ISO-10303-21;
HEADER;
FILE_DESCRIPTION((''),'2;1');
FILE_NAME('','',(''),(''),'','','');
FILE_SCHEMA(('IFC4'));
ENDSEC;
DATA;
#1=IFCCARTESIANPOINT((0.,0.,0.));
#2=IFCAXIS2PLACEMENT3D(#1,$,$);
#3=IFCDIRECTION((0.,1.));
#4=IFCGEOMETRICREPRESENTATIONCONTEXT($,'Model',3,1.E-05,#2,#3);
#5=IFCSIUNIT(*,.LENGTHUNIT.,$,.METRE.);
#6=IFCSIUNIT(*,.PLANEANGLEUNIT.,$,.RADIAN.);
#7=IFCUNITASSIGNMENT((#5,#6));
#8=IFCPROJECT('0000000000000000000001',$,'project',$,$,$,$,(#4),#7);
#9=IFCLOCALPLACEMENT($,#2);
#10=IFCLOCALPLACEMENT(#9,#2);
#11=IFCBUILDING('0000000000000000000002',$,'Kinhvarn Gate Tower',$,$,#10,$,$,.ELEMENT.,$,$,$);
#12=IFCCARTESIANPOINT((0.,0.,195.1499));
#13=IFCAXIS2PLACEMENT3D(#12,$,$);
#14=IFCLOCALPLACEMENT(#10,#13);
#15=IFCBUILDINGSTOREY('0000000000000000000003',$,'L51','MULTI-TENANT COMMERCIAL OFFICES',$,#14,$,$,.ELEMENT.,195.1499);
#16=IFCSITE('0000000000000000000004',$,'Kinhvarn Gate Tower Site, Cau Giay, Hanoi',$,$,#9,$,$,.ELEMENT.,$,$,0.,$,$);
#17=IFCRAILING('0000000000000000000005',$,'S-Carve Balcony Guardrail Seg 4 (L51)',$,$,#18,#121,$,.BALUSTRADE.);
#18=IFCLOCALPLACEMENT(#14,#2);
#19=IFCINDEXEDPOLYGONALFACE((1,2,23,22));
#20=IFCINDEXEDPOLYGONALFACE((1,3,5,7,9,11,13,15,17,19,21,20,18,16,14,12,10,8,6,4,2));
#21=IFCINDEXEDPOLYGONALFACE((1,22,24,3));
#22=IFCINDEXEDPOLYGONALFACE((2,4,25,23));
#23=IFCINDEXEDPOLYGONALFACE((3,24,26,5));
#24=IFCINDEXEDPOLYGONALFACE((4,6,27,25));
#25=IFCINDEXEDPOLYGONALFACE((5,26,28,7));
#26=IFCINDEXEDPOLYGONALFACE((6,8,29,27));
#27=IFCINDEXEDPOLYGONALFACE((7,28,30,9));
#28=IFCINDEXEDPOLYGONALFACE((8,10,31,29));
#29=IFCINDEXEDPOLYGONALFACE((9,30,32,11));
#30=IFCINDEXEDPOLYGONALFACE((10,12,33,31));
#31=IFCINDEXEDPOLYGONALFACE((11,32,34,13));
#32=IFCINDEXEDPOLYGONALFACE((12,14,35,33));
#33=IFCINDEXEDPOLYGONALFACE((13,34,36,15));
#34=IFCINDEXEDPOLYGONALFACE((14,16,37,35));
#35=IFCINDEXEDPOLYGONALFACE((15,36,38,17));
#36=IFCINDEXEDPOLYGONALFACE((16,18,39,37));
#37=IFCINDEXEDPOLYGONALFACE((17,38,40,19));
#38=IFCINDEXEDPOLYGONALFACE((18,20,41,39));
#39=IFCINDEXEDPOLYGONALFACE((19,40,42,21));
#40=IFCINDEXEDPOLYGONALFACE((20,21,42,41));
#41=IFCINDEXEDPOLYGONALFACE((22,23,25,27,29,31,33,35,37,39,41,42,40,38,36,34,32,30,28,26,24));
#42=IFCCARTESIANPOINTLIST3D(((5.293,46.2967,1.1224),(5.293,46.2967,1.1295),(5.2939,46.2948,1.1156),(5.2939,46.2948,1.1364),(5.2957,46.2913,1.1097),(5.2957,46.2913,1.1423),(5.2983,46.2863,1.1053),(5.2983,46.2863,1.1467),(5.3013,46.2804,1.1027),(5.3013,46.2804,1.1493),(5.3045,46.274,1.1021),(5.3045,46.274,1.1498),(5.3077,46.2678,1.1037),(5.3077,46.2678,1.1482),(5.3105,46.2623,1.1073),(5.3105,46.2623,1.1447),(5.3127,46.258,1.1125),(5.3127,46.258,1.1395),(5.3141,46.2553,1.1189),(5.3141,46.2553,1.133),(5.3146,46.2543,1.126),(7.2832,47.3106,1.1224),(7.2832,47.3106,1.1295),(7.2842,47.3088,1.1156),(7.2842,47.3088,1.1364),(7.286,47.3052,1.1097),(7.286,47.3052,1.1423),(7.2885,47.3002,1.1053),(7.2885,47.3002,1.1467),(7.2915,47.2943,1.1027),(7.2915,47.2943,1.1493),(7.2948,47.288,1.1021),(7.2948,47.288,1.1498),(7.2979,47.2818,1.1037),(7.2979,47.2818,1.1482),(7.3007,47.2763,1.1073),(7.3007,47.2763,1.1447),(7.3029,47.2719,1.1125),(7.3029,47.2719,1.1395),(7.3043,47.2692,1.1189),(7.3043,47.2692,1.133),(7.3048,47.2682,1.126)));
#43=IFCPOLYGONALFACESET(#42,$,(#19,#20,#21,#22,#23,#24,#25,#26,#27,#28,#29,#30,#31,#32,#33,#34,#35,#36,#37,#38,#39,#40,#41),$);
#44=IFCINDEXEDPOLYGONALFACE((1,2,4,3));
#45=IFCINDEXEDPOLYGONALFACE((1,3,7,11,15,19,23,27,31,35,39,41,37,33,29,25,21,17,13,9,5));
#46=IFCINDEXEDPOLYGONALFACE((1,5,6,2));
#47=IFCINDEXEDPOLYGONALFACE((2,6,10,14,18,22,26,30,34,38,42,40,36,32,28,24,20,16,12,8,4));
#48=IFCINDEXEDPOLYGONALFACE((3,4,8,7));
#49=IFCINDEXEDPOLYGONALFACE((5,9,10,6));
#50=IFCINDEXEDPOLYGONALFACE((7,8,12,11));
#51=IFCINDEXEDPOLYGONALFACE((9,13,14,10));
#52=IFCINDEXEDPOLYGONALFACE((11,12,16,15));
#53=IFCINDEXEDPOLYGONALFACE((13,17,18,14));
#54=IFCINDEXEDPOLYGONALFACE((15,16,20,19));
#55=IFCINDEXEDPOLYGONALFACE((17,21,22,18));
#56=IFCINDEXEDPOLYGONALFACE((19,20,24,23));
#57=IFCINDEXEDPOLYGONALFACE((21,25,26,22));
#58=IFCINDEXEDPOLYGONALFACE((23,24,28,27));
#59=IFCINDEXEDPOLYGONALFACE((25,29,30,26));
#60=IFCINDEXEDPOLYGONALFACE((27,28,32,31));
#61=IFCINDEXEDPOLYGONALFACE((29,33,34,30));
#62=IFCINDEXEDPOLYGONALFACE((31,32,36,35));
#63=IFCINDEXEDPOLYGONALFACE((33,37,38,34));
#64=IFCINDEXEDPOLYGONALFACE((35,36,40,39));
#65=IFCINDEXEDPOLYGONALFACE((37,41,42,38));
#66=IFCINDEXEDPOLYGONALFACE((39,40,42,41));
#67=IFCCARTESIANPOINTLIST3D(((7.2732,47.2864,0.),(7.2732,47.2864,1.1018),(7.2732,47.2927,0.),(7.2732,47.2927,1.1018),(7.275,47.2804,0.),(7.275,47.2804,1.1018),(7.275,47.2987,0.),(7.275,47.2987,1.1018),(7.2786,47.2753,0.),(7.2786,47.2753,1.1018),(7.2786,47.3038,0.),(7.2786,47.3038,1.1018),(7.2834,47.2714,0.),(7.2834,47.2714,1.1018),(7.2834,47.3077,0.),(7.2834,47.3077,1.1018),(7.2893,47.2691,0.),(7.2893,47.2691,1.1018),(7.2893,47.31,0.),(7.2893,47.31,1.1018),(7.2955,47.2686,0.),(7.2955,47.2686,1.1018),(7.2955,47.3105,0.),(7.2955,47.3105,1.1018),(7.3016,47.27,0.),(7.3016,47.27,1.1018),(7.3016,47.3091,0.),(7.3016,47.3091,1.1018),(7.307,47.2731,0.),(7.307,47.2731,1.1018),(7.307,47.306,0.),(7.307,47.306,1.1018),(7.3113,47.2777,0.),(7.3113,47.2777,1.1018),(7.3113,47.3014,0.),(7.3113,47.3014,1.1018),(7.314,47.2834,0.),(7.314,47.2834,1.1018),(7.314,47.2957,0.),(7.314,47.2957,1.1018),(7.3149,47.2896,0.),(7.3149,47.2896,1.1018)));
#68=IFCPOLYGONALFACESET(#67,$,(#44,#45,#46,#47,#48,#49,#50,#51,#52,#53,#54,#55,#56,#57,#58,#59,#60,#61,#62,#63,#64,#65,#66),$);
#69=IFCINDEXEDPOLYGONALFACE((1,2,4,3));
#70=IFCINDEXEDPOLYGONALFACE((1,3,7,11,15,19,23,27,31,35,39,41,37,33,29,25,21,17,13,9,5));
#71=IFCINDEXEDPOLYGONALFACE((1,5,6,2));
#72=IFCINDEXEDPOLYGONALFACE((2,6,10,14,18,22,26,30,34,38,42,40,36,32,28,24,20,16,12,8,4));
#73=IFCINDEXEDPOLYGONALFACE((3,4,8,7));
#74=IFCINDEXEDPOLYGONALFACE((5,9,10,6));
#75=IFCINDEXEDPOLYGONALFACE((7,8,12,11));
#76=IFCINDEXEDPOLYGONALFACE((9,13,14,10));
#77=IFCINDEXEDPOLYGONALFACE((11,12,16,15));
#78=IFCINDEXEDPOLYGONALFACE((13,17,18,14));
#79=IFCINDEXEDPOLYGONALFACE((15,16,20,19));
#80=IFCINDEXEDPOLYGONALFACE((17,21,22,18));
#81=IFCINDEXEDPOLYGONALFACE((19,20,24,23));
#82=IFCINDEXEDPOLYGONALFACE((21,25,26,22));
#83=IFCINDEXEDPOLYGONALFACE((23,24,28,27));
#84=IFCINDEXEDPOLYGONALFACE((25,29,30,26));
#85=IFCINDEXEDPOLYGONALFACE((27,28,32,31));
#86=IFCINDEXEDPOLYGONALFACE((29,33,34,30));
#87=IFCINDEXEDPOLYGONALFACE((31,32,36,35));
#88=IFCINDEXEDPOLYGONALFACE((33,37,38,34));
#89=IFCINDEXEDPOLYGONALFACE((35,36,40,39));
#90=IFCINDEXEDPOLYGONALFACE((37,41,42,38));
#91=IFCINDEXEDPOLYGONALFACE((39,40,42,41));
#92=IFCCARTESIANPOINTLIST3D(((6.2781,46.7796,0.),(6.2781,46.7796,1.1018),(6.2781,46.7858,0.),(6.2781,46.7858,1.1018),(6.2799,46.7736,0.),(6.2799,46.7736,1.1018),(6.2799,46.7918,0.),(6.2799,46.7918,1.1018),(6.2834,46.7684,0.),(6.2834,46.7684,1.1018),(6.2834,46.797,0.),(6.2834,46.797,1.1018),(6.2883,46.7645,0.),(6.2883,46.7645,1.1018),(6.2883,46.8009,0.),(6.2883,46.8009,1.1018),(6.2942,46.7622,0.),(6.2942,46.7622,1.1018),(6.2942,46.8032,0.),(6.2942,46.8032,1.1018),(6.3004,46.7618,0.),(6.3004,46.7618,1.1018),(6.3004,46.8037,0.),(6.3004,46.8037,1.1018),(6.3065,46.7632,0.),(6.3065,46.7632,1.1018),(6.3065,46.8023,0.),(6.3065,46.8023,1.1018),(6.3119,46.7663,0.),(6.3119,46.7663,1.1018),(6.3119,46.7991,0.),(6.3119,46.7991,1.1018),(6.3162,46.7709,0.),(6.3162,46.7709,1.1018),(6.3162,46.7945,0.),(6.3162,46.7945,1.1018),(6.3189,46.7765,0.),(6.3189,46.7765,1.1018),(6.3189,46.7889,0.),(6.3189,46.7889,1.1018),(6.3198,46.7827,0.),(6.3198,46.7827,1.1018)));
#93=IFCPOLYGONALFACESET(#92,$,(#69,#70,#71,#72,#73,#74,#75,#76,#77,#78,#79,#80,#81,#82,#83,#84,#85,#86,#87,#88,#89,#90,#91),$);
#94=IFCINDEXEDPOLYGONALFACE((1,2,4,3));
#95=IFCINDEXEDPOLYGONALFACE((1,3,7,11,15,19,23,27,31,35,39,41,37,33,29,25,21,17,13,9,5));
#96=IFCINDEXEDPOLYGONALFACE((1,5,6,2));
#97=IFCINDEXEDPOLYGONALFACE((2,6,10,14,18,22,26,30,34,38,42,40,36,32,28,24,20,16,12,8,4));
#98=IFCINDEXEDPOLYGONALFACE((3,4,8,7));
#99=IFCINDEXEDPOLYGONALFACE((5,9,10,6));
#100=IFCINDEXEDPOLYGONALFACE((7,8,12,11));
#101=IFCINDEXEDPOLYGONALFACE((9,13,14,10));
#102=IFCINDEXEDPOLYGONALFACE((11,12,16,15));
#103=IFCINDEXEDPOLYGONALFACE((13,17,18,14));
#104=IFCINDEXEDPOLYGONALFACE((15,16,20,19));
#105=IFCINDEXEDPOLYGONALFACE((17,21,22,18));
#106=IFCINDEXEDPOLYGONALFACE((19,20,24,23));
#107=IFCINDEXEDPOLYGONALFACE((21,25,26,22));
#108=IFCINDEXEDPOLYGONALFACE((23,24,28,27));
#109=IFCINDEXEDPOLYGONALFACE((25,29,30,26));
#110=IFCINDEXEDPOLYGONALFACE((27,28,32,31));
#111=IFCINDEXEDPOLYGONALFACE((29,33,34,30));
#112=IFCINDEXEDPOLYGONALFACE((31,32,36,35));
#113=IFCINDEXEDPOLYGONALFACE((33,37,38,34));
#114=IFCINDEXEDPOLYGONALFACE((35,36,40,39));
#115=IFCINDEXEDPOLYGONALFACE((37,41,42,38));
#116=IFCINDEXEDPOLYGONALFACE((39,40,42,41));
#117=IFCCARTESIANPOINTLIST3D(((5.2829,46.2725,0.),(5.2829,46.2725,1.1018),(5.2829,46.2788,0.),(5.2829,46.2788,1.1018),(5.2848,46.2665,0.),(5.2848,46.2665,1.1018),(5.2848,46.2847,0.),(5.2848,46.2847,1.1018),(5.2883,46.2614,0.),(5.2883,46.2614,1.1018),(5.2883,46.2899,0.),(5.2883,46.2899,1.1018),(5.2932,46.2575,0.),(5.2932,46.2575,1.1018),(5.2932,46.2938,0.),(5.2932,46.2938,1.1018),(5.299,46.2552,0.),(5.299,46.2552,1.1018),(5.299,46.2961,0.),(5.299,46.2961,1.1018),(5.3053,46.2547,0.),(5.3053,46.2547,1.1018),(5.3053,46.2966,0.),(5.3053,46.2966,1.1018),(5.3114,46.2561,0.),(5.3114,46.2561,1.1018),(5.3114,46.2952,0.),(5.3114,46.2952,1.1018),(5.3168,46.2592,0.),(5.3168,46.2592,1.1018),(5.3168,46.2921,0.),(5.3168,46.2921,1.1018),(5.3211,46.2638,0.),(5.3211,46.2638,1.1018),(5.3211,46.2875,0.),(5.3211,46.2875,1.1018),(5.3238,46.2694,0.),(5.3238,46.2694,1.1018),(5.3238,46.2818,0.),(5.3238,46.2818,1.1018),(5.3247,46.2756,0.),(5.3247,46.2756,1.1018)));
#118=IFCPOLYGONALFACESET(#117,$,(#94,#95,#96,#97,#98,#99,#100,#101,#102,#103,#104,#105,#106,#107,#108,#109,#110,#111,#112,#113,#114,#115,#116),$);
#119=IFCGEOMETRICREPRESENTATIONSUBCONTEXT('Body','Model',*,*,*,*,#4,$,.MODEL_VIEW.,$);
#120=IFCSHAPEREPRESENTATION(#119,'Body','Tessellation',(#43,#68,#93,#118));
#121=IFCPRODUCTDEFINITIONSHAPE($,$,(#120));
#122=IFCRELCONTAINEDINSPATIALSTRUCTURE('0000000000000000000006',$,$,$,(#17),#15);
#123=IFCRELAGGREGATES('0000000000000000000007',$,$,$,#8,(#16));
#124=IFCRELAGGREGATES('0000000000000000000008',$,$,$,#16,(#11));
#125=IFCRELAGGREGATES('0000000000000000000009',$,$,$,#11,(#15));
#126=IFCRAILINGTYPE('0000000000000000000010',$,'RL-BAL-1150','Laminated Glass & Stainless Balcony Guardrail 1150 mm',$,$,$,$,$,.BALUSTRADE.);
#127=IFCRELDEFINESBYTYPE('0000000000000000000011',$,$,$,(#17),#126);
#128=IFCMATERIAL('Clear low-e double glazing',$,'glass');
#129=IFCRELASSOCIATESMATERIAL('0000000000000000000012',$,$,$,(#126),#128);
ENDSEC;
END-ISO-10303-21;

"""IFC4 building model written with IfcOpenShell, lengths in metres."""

from ifc_helpers import new_model, si_unit, direction, frame, origin, origin_2d, place, context, subcontext, project, spatial, circle, extrude, material, type_object, element, save


model = new_model("IFC4")

# Units and contexts
model_context = context("Model", 3, precision=1e-05, world=origin(), true_north=direction((0.0, 1.0)))
body_context = subcontext(model_context, "Body", "Model", "MODEL_VIEW")
ifc_project = project(units=[si_unit("LENGTHUNIT", "METRE"), si_unit("PLANEANGLEUNIT", "RADIAN")], contexts=[model_context])

# Site, building, storey
site_placement = place(None, origin())
site = spatial("IfcSite", under=ifc_project, at=site_placement, Name="Kinhvarn Gate Tower Site, Cau Giay, Hanoi", CompositionType="ELEMENT", RefElevation=0.0)
building_placement = place(site_placement, origin())
building = spatial("IfcBuilding", under=site, at=building_placement, Name="Kinhvarn Gate Tower", CompositionType="ELEMENT")
storey_placement = place(building_placement, frame((0.0, 0.0, 195.1499)))
storey = spatial("IfcBuildingStorey", under=building, at=storey_placement, Name="L51", Description="MULTI-TENANT COMMERCIAL OFFICES", CompositionType="ELEMENT", Elevation=195.1499)

# Shared definitions
ifc_material_1 = material(Name="Clear low-e double glazing", Category="glass")

# Railing
railing_type = type_object("IfcRailingType", Name="RL-BAL-1150", Description="Laminated Glass & Stainless Balcony Guardrail 1150 mm", PredefinedType="BALUSTRADE", material=ifc_material_1)
railing_1_placement = place(storey_placement, frame((7.2939, 47.2896, 0.0)))
element("IfcRailing", 1, at=railing_1_placement, inside=storey, type_object=railing_type, Name="S-Carve Balcony Guardrail Seg 4 (L51)", PredefinedType="BALUSTRADE", context=body_context, shape_type="SweptSolid", body=[
    extrude(circle(Radius=0.0239, at=origin_2d()), frame((0.0, 0.0, 1.126), z_axis=(-0.891035, -0.453934, 0.0), x_axis=(0.453934, -0.891035, 0.0)), (0.0, 0.0, 1.0), 2.2336),
    extrude(circle(Radius=0.021, at=origin_2d()), origin(), (0.0, 0.0, 1.0), 1.1018),
    extrude(circle(Radius=0.021, at=origin_2d()), frame((-0.9951, -0.5068, 0.0)), (0.0, 0.0, 1.0), 1.1018),
    extrude(circle(Radius=0.021, at=origin_2d()), frame((-1.9902, -1.0139, 0.0)), (0.0, 0.0, 1.0), 1.1018),
])

save(model, "model.ifc")
